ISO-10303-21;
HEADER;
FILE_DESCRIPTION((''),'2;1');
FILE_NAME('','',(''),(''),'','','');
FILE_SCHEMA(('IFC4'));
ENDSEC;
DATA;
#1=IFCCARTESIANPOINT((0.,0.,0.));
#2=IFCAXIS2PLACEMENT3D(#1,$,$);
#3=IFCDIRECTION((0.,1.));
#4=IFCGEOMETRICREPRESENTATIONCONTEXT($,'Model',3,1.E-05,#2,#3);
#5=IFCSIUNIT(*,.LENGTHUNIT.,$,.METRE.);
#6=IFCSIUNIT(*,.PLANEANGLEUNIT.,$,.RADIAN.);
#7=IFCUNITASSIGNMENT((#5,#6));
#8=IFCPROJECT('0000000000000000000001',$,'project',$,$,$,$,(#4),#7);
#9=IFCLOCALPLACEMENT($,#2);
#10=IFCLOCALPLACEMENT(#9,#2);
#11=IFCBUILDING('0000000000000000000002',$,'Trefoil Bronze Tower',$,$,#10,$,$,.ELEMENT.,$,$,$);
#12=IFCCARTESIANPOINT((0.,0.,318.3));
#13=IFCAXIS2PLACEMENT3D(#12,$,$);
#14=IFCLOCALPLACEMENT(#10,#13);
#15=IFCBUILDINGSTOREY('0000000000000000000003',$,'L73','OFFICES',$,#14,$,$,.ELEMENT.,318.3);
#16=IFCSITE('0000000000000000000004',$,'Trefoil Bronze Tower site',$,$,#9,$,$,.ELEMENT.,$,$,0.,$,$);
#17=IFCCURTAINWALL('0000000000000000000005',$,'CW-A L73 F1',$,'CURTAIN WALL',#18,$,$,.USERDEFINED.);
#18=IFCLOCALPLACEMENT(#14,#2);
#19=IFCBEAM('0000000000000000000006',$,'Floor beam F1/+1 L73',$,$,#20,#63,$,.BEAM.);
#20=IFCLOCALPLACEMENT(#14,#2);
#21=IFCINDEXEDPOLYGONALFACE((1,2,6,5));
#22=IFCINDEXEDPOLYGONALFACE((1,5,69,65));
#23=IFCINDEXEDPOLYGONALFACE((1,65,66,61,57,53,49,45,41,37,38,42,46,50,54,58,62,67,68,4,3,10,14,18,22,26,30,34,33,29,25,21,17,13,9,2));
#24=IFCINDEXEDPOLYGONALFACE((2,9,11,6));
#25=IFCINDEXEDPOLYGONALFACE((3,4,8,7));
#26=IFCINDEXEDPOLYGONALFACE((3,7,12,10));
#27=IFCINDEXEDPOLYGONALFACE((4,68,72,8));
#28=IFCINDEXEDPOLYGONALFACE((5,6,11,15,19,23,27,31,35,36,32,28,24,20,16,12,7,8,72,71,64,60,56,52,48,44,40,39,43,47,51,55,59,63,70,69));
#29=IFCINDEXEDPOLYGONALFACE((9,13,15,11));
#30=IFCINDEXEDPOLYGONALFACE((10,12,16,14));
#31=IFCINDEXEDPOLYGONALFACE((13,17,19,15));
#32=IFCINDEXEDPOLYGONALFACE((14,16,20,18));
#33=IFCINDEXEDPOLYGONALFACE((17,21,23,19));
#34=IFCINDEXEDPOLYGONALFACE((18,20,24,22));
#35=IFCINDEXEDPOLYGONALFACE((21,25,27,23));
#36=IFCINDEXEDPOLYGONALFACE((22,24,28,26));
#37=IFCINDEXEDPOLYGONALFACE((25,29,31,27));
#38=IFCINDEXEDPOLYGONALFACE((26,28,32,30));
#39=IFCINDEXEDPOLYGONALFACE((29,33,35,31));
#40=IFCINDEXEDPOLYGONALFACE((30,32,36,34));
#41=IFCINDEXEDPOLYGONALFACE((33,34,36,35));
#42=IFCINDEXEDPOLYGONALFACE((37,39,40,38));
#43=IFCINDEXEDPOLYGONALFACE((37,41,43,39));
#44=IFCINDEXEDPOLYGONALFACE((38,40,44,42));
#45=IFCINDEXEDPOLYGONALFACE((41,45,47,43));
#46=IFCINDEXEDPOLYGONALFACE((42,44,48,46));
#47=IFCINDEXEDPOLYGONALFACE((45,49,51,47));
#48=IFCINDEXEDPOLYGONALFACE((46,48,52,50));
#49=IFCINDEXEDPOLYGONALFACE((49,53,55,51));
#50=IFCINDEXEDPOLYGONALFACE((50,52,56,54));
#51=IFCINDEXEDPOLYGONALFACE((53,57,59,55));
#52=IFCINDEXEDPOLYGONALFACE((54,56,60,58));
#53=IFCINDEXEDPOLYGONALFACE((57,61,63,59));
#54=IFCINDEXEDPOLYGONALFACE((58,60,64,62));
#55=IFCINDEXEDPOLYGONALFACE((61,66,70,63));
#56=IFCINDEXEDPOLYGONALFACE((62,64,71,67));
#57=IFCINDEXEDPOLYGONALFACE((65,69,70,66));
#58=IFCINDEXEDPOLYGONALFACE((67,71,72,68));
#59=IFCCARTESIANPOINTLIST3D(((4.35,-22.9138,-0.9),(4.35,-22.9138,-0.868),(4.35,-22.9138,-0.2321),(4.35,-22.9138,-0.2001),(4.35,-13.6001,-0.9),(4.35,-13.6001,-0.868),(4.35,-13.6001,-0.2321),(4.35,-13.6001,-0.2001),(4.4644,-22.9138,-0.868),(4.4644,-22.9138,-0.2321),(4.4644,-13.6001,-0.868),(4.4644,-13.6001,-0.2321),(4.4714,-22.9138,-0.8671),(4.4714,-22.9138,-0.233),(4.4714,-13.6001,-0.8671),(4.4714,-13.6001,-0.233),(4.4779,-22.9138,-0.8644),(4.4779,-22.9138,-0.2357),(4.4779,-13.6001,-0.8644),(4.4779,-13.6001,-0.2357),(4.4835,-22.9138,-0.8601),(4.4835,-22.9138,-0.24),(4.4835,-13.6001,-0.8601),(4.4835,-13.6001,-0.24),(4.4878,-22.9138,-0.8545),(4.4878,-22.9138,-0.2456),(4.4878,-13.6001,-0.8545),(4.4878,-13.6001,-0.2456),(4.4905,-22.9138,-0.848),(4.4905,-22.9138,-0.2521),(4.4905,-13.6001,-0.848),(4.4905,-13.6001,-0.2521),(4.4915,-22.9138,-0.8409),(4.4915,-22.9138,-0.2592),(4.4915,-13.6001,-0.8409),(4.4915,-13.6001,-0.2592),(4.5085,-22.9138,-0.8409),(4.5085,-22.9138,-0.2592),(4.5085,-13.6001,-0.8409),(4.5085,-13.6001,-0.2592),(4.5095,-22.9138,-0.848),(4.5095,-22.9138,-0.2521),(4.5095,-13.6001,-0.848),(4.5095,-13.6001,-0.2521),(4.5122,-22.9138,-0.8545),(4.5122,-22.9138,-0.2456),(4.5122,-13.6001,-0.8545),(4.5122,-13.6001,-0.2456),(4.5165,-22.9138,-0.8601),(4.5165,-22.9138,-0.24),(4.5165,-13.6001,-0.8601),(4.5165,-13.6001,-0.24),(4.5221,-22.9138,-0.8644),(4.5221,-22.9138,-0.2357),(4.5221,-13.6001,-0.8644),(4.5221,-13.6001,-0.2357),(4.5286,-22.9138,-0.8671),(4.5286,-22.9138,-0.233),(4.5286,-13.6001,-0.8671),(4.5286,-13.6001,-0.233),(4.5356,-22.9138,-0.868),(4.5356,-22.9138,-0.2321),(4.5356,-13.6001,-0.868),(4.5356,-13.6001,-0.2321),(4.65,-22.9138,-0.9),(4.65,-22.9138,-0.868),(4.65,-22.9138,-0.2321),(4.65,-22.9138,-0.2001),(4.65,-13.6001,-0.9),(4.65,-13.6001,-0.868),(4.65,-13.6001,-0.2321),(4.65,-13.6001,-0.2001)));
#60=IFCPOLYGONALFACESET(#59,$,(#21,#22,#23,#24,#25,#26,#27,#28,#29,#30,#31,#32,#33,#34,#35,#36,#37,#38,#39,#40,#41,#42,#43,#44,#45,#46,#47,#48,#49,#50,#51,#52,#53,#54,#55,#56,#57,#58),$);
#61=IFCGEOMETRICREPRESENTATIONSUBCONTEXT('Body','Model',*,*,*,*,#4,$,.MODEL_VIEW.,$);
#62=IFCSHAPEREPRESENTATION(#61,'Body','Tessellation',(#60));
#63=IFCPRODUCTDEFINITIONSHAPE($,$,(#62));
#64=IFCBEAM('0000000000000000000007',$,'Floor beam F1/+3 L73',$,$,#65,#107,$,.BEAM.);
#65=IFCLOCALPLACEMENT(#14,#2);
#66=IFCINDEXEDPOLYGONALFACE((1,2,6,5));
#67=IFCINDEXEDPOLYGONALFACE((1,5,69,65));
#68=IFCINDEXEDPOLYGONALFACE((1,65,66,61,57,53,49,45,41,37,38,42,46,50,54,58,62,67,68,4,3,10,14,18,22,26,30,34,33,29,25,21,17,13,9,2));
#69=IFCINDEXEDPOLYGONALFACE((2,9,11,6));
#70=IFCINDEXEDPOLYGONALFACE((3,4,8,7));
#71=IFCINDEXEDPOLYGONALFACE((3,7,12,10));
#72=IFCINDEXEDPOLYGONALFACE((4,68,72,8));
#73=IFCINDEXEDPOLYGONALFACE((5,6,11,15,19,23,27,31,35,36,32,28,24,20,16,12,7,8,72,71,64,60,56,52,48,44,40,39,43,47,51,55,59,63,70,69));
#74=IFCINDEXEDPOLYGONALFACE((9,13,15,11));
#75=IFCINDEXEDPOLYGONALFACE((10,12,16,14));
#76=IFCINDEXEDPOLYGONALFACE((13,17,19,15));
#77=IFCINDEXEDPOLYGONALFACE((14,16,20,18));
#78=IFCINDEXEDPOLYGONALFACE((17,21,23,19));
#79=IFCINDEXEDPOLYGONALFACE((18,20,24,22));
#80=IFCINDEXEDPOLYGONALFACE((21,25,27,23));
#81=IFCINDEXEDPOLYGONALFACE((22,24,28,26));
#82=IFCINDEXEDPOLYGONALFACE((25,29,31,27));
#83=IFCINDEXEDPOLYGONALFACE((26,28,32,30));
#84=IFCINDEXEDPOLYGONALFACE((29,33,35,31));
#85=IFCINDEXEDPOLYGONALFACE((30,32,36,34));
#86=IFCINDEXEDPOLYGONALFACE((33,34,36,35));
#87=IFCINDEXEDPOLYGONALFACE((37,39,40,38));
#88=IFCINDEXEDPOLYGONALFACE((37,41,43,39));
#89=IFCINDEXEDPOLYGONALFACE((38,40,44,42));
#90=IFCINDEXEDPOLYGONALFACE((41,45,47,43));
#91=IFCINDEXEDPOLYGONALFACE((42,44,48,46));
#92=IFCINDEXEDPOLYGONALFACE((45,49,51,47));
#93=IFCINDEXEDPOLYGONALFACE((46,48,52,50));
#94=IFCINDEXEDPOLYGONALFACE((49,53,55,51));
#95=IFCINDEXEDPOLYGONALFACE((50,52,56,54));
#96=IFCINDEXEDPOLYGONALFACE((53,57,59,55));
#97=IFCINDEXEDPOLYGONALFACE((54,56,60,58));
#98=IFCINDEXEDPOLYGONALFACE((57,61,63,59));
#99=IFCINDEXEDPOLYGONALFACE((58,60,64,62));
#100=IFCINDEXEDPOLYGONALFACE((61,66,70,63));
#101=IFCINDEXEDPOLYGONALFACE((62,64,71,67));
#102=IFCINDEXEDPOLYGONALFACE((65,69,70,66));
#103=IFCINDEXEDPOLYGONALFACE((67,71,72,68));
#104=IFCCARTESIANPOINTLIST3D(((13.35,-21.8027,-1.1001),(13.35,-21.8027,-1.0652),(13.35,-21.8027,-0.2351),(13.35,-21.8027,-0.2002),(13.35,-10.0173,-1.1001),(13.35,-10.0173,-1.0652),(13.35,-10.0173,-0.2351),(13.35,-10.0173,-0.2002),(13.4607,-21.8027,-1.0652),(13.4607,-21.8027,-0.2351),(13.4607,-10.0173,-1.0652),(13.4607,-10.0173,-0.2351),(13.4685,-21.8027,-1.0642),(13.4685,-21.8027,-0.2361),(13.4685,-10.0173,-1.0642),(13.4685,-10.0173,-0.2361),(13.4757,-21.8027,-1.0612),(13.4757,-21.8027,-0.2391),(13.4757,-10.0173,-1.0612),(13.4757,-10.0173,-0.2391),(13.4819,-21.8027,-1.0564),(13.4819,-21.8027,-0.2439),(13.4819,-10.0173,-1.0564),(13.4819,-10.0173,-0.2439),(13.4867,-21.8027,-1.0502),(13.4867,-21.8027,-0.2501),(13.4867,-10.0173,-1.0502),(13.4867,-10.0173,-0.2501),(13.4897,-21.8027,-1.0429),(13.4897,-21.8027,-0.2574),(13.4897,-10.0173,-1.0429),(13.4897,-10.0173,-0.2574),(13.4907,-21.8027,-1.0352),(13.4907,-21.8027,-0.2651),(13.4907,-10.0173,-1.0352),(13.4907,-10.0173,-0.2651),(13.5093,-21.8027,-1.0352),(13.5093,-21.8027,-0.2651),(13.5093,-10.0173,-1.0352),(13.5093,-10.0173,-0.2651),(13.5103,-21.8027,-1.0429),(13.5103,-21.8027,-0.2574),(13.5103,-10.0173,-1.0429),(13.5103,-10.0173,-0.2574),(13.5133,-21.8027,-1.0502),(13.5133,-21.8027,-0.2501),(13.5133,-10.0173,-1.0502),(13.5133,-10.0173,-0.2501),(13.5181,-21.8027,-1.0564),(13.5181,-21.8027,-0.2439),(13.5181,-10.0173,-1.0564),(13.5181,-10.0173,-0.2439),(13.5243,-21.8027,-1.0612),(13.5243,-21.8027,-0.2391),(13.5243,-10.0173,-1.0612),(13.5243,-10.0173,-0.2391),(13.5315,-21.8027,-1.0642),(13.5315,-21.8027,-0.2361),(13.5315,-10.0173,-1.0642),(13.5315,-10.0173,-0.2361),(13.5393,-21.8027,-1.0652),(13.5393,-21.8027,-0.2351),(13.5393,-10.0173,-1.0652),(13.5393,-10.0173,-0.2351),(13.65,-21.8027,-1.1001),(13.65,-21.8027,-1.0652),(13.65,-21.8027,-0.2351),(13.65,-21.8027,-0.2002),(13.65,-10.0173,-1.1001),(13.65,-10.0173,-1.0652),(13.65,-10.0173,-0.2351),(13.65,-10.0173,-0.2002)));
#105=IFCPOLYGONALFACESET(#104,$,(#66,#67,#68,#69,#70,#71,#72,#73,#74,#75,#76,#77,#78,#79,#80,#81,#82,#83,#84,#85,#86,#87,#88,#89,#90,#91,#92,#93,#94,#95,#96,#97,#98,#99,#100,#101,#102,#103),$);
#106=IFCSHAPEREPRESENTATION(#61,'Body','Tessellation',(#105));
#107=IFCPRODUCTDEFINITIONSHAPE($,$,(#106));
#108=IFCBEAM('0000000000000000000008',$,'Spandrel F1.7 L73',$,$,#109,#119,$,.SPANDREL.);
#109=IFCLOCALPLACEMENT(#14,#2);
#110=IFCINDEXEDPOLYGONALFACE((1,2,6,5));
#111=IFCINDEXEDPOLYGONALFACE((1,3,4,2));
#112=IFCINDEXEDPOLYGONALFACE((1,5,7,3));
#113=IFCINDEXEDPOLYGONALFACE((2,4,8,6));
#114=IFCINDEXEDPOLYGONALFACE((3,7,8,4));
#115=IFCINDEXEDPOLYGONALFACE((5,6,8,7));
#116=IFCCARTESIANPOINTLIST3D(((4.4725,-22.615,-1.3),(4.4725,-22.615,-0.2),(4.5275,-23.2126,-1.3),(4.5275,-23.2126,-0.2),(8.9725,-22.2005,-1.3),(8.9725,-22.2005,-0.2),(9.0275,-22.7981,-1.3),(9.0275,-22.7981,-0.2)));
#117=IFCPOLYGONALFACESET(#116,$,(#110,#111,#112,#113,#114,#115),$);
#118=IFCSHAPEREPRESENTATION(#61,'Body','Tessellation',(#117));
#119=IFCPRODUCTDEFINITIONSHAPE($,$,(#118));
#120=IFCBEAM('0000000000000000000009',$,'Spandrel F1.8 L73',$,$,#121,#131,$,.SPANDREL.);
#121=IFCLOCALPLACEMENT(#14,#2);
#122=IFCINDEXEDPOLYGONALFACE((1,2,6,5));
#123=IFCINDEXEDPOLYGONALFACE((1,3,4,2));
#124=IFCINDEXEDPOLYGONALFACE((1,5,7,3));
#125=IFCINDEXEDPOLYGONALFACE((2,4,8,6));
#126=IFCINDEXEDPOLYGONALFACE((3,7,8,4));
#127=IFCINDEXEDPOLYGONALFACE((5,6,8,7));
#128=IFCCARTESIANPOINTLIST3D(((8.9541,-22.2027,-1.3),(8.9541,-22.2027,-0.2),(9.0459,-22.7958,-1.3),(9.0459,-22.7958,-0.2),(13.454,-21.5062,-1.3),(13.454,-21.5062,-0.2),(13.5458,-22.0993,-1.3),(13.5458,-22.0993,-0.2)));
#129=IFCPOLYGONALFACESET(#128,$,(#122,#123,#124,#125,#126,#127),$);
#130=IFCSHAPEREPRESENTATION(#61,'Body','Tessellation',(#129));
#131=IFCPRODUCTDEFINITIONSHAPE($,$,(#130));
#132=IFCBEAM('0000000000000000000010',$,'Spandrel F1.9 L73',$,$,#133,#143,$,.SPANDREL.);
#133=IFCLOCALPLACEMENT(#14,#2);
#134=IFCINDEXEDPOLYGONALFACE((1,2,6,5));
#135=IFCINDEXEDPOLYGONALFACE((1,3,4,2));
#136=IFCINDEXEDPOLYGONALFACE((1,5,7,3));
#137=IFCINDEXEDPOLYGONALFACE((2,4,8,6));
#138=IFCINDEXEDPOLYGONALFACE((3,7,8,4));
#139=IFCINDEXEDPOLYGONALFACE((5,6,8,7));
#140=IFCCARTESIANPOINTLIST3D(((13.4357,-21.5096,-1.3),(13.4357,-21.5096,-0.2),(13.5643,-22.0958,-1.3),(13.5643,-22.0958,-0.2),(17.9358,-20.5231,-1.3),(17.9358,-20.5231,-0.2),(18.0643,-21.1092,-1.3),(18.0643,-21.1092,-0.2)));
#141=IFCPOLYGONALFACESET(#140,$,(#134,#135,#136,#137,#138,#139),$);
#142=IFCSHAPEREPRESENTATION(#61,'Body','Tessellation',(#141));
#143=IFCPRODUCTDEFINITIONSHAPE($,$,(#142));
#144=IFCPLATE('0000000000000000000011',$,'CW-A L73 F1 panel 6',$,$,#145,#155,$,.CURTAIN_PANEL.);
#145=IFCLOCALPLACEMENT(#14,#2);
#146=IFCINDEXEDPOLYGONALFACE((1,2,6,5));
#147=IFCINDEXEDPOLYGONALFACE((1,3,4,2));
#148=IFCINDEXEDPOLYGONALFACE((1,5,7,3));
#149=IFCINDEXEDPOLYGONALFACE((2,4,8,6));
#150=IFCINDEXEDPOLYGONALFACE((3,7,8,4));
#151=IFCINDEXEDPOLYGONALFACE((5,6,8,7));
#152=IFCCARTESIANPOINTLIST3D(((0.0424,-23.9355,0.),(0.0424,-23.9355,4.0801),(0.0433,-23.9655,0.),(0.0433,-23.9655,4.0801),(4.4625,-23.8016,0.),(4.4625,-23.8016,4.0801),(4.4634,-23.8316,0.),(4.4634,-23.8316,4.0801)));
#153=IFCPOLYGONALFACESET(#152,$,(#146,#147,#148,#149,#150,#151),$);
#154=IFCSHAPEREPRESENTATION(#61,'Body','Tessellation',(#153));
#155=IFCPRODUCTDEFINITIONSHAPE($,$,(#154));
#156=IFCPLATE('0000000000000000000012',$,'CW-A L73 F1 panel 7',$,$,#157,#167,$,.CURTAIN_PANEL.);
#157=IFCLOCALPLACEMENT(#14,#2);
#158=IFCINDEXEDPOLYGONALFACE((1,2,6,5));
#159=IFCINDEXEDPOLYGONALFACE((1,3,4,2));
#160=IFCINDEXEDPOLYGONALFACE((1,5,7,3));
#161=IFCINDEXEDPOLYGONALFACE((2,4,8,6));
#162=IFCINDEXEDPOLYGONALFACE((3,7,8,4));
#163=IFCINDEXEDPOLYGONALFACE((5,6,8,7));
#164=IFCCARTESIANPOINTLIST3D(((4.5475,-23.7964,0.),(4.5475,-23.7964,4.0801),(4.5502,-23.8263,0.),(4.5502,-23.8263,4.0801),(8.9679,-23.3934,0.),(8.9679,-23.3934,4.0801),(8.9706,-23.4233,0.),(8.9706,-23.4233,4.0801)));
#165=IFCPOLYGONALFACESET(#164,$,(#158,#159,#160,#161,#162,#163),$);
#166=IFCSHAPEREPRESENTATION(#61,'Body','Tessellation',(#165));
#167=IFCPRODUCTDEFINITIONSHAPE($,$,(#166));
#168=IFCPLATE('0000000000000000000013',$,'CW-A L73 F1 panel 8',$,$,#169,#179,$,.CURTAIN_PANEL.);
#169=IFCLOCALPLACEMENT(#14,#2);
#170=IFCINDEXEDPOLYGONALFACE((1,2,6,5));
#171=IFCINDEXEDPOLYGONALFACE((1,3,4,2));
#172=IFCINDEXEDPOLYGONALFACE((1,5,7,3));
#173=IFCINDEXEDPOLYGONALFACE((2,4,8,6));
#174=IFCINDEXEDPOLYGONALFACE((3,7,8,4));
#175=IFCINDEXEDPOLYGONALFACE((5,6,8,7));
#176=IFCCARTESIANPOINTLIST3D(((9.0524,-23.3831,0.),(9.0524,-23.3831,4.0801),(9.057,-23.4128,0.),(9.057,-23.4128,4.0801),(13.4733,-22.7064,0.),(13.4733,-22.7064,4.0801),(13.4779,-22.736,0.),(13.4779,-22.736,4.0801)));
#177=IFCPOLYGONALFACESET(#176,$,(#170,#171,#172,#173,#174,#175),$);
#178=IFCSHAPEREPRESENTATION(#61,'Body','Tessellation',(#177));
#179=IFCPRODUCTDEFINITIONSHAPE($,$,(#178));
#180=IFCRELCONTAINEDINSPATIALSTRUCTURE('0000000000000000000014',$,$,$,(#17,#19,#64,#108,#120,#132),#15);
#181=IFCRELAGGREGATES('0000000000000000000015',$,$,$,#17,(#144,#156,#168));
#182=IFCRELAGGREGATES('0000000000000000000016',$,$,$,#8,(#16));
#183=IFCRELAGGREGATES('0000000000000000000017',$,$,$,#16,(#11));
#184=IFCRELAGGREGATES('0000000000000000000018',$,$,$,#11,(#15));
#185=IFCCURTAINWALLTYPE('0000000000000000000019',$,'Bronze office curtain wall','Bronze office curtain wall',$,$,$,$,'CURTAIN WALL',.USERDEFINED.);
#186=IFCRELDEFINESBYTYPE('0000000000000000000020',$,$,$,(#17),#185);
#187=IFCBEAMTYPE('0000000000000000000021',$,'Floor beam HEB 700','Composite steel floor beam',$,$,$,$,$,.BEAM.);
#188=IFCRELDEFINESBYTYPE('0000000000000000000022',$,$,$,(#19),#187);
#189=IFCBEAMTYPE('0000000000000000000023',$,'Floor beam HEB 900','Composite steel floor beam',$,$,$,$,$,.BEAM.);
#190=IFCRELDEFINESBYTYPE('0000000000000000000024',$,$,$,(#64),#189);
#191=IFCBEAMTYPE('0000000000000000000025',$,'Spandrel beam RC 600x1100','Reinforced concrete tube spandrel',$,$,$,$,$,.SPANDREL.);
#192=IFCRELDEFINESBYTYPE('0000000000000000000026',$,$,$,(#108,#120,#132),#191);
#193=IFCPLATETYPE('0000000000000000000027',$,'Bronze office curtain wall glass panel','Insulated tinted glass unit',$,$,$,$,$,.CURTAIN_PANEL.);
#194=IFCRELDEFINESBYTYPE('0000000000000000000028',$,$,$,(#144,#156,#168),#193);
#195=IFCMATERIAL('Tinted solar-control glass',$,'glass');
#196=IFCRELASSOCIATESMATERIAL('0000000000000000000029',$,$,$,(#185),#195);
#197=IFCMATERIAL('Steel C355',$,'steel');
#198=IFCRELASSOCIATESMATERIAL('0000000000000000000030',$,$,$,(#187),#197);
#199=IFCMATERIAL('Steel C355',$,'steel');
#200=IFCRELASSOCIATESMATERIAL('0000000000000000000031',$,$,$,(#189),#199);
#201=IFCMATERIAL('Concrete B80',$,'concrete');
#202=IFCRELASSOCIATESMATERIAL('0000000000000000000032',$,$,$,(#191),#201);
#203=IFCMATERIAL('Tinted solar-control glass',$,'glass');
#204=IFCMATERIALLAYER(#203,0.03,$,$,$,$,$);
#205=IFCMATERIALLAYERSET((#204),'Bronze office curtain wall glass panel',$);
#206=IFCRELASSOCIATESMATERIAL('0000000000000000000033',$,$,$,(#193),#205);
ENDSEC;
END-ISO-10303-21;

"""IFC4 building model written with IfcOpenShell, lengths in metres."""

from ifc_helpers import new_model, si_unit, direction, frame, origin, origin_2d, place, context, subcontext, project, spatial, rectangle, i_section, extrude, material, layer, layer_set, material_profile, profile_set, type_object, element, aggregate, save


model = new_model("IFC4")

# Units and contexts
model_context = context("Model", 3, precision=1e-05, world=origin(), true_north=direction((0.0, 1.0)))
body_context = subcontext(model_context, "Body", "Model", "MODEL_VIEW")
ifc_project = project(units=[si_unit("LENGTHUNIT", "METRE"), si_unit("PLANEANGLEUNIT", "RADIAN")], contexts=[model_context])

# Site, building, storey
site_placement = place(None, origin())
site = spatial("IfcSite", under=ifc_project, at=site_placement, Name="Trefoil Bronze Tower site", CompositionType="ELEMENT", RefElevation=0.0)
building_placement = place(site_placement, origin())
building = spatial("IfcBuilding", under=site, at=building_placement, Name="Trefoil Bronze Tower", CompositionType="ELEMENT")
storey_placement = place(building_placement, frame((0.0, 0.0, 318.3)))
storey = spatial("IfcBuildingStorey", under=building, at=storey_placement, Name="L73", Description="OFFICES", CompositionType="ELEMENT", Elevation=318.3)

# Curtain wall
ifc_material_1 = material(Name="Tinted solar-control glass", Category="glass")
curtain_wall_type = type_object("IfcCurtainWallType", Name="Bronze office curtain wall", Description="Bronze office curtain wall", ElementType="CURTAIN WALL", PredefinedType="USERDEFINED", material=ifc_material_1)
curtain_wall_placement = place(storey_placement, origin())
curtain_wall = element("IfcCurtainWall", 1, at=curtain_wall_placement, inside=storey, type_object=curtain_wall_type, Name="CW-A L73 F1", ObjectType="CURTAIN WALL", PredefinedType="USERDEFINED")

# Beams
ifc_material_2 = material(Name="Steel C355", Category="steel")
ifc_material_profile_1 = material_profile(ifc_material_2, i_section(OverallWidth=0.3, OverallDepth=0.7, WebThickness=0.0171, FlangeThickness=0.032, FilletRadius=0.0271, at=origin_2d()), Name="HEB 700")
ifc_profile_set_1 = profile_set([ifc_material_profile_1], Name="Steel C355")
beam_type_1 = type_object("IfcBeamType", Name="Floor beam HEB 700", Description="Composite steel floor beam", PredefinedType="BEAM", material=ifc_profile_set_1)
beam_1_placement = place(storey_placement, frame((4.5, -22.9138, -0.55), z_axis=(0.0, 1.0, 0.0), x_axis=(-1.0, 0.0, 0.0)))
element("IfcBeam", 2, at=beam_1_placement, inside=storey, type_object=beam_type_1, Name="Floor beam F1/+1 L73", PredefinedType="BEAM", context=body_context, shape_type="SweptSolid", body=[
    extrude(i_section(OverallWidth=0.3, OverallDepth=0.7, WebThickness=0.0171, FlangeThickness=0.032, FilletRadius=0.0271, at=origin_2d()), origin(), (0.0, 0.0, 1.0), 9.3137),
])
ifc_material_3 = material(Name="Steel C355", Category="steel")
ifc_material_profile_2 = material_profile(ifc_material_3, i_section(OverallWidth=0.3, OverallDepth=0.8999, WebThickness=0.0186, FlangeThickness=0.0349, FilletRadius=0.03, at=origin_2d()), Name="HEB 900")
ifc_profile_set_2 = profile_set([ifc_material_profile_2], Name="Steel C355")
beam_type_2 = type_object("IfcBeamType", Name="Floor beam HEB 900", Description="Composite steel floor beam", PredefinedType="BEAM", material=ifc_profile_set_2)
beam_2_placement = place(storey_placement, frame((13.5, -21.8027, -0.6501), z_axis=(0.0, 1.0, 0.0), x_axis=(-1.0, 0.0, 0.0)))
element("IfcBeam", 3, at=beam_2_placement, inside=storey, type_object=beam_type_2, Name="Floor beam F1/+3 L73", PredefinedType="BEAM", context=body_context, shape_type="SweptSolid", body=[
    extrude(i_section(OverallWidth=0.3, OverallDepth=0.8999, WebThickness=0.0186, FlangeThickness=0.0349, FilletRadius=0.03, at=origin_2d()), origin(), (0.0, 0.0, 1.0), 11.7854),
])
ifc_material_4 = material(Name="Concrete B80", Category="concrete")
ifc_material_profile_3 = material_profile(ifc_material_4, rectangle(XDim=0.6001, YDim=1.1001, at=origin_2d()), Name="RC 600x1100")
ifc_profile_set_3 = profile_set([ifc_material_profile_3], Name="Concrete B80")
beam_type_3 = type_object("IfcBeamType", Name="Spandrel beam RC 600x1100", Description="Reinforced concrete tube spandrel", PredefinedType="SPANDREL", material=ifc_profile_set_3)
beam_3_placement = place(storey_placement, frame((4.5, -22.9138, -0.75), z_axis=(0.995784, 0.091734, 0.0), x_axis=(-0.091734, 0.995784, 0.0)))
element("IfcBeam", 4, at=beam_3_placement, inside=storey, type_object=beam_type_3, Name="Spandrel F1.7 L73", PredefinedType="SPANDREL", context=body_context, shape_type="SweptSolid", body=[
    extrude(rectangle(XDim=0.6001, YDim=1.1001, at=origin_2d()), origin(), (0.0, 0.0, 1.0), 4.519),
])
beam_4_placement = place(storey_placement, frame((9.0, -22.4993, -0.75), z_axis=(0.988232, 0.152964, 0.0), x_axis=(-0.152964, 0.988232, 0.0)))
element("IfcBeam", 5, at=beam_4_placement, inside=storey, type_object=beam_type_3, Name="Spandrel F1.8 L73", PredefinedType="SPANDREL", context=body_context, shape_type="SweptSolid", body=[
    extrude(rectangle(XDim=0.6001, YDim=1.1001, at=origin_2d()), origin(), (0.0, 0.0, 1.0), 4.5535),
])
beam_5_placement = place(storey_placement, frame((13.5, -21.8027, -0.75), z_axis=(0.9768, 0.214152, 0.0), x_axis=(-0.214152, 0.9768, 0.0)))
element("IfcBeam", 6, at=beam_5_placement, inside=storey, type_object=beam_type_3, Name="Spandrel F1.9 L73", PredefinedType="SPANDREL", context=body_context, shape_type="SweptSolid", body=[
    extrude(rectangle(XDim=0.6001, YDim=1.1001, at=origin_2d()), origin(), (0.0, 0.0, 1.0), 4.6069),
])

# Plates
ifc_material_5 = material(Name="Tinted solar-control glass", Category="glass")
ifc_layer_1 = layer(ifc_material_5, 0.03)
ifc_layer_set_1 = layer_set([ifc_layer_1], Name="Bronze office curtain wall glass panel")
plate_type = type_object("IfcPlateType", Name="Bronze office curtain wall glass panel", Description="Insulated tinted glass unit", PredefinedType="CURTAIN_PANEL", material=ifc_layer_set_1)
plate_1_placement = place(storey_placement, frame((2.2529, -23.8835, 0.0), z_axis=(0.0, 0.0, 1.0), x_axis=(0.999542, 0.030263, 0.0)))
plate_1 = element("IfcPlate", 7, at=plate_1_placement, type_object=plate_type, Name="CW-A L73 F1 panel 6", PredefinedType="CURTAIN_PANEL", context=body_context, shape_type="SweptSolid", body=[
    extrude(rectangle(XDim=4.4221, YDim=0.03, at=origin_2d()), origin(), (0.0, 0.0, 1.0), 4.0801),
])
plate_2_placement = place(storey_placement, frame((6.759, -23.6099, 0.0), z_axis=(0.0, 0.0, 1.0), x_axis=(0.99587, 0.090789, 0.0)))
plate_2 = element("IfcPlate", 8, at=plate_2_placement, type_object=plate_type, Name="CW-A L73 F1 panel 7", PredefinedType="CURTAIN_PANEL", context=body_context, shape_type="SweptSolid", body=[
    extrude(rectangle(XDim=4.4387, YDim=0.03, at=origin_2d()), origin(), (0.0, 0.0, 1.0), 4.0801),
])
plate_3_placement = place(storey_placement, frame((11.2651, -23.0596, 0.0), z_axis=(0.0, 0.0, 1.0), x_axis=(0.988485, 0.151317, 0.0)))
plate_3 = element("IfcPlate", 9, at=plate_3_placement, type_object=plate_type, Name="CW-A L73 F1 panel 8", PredefinedType="CURTAIN_PANEL", context=body_context, shape_type="SweptSolid", body=[
    extrude(rectangle(XDim=4.4724, YDim=0.03, at=origin_2d()), origin(), (0.0, 0.0, 1.0), 4.0801),
])
aggregate(curtain_wall, [plate_1, plate_2, plate_3])

save(model, "model.ifc")
